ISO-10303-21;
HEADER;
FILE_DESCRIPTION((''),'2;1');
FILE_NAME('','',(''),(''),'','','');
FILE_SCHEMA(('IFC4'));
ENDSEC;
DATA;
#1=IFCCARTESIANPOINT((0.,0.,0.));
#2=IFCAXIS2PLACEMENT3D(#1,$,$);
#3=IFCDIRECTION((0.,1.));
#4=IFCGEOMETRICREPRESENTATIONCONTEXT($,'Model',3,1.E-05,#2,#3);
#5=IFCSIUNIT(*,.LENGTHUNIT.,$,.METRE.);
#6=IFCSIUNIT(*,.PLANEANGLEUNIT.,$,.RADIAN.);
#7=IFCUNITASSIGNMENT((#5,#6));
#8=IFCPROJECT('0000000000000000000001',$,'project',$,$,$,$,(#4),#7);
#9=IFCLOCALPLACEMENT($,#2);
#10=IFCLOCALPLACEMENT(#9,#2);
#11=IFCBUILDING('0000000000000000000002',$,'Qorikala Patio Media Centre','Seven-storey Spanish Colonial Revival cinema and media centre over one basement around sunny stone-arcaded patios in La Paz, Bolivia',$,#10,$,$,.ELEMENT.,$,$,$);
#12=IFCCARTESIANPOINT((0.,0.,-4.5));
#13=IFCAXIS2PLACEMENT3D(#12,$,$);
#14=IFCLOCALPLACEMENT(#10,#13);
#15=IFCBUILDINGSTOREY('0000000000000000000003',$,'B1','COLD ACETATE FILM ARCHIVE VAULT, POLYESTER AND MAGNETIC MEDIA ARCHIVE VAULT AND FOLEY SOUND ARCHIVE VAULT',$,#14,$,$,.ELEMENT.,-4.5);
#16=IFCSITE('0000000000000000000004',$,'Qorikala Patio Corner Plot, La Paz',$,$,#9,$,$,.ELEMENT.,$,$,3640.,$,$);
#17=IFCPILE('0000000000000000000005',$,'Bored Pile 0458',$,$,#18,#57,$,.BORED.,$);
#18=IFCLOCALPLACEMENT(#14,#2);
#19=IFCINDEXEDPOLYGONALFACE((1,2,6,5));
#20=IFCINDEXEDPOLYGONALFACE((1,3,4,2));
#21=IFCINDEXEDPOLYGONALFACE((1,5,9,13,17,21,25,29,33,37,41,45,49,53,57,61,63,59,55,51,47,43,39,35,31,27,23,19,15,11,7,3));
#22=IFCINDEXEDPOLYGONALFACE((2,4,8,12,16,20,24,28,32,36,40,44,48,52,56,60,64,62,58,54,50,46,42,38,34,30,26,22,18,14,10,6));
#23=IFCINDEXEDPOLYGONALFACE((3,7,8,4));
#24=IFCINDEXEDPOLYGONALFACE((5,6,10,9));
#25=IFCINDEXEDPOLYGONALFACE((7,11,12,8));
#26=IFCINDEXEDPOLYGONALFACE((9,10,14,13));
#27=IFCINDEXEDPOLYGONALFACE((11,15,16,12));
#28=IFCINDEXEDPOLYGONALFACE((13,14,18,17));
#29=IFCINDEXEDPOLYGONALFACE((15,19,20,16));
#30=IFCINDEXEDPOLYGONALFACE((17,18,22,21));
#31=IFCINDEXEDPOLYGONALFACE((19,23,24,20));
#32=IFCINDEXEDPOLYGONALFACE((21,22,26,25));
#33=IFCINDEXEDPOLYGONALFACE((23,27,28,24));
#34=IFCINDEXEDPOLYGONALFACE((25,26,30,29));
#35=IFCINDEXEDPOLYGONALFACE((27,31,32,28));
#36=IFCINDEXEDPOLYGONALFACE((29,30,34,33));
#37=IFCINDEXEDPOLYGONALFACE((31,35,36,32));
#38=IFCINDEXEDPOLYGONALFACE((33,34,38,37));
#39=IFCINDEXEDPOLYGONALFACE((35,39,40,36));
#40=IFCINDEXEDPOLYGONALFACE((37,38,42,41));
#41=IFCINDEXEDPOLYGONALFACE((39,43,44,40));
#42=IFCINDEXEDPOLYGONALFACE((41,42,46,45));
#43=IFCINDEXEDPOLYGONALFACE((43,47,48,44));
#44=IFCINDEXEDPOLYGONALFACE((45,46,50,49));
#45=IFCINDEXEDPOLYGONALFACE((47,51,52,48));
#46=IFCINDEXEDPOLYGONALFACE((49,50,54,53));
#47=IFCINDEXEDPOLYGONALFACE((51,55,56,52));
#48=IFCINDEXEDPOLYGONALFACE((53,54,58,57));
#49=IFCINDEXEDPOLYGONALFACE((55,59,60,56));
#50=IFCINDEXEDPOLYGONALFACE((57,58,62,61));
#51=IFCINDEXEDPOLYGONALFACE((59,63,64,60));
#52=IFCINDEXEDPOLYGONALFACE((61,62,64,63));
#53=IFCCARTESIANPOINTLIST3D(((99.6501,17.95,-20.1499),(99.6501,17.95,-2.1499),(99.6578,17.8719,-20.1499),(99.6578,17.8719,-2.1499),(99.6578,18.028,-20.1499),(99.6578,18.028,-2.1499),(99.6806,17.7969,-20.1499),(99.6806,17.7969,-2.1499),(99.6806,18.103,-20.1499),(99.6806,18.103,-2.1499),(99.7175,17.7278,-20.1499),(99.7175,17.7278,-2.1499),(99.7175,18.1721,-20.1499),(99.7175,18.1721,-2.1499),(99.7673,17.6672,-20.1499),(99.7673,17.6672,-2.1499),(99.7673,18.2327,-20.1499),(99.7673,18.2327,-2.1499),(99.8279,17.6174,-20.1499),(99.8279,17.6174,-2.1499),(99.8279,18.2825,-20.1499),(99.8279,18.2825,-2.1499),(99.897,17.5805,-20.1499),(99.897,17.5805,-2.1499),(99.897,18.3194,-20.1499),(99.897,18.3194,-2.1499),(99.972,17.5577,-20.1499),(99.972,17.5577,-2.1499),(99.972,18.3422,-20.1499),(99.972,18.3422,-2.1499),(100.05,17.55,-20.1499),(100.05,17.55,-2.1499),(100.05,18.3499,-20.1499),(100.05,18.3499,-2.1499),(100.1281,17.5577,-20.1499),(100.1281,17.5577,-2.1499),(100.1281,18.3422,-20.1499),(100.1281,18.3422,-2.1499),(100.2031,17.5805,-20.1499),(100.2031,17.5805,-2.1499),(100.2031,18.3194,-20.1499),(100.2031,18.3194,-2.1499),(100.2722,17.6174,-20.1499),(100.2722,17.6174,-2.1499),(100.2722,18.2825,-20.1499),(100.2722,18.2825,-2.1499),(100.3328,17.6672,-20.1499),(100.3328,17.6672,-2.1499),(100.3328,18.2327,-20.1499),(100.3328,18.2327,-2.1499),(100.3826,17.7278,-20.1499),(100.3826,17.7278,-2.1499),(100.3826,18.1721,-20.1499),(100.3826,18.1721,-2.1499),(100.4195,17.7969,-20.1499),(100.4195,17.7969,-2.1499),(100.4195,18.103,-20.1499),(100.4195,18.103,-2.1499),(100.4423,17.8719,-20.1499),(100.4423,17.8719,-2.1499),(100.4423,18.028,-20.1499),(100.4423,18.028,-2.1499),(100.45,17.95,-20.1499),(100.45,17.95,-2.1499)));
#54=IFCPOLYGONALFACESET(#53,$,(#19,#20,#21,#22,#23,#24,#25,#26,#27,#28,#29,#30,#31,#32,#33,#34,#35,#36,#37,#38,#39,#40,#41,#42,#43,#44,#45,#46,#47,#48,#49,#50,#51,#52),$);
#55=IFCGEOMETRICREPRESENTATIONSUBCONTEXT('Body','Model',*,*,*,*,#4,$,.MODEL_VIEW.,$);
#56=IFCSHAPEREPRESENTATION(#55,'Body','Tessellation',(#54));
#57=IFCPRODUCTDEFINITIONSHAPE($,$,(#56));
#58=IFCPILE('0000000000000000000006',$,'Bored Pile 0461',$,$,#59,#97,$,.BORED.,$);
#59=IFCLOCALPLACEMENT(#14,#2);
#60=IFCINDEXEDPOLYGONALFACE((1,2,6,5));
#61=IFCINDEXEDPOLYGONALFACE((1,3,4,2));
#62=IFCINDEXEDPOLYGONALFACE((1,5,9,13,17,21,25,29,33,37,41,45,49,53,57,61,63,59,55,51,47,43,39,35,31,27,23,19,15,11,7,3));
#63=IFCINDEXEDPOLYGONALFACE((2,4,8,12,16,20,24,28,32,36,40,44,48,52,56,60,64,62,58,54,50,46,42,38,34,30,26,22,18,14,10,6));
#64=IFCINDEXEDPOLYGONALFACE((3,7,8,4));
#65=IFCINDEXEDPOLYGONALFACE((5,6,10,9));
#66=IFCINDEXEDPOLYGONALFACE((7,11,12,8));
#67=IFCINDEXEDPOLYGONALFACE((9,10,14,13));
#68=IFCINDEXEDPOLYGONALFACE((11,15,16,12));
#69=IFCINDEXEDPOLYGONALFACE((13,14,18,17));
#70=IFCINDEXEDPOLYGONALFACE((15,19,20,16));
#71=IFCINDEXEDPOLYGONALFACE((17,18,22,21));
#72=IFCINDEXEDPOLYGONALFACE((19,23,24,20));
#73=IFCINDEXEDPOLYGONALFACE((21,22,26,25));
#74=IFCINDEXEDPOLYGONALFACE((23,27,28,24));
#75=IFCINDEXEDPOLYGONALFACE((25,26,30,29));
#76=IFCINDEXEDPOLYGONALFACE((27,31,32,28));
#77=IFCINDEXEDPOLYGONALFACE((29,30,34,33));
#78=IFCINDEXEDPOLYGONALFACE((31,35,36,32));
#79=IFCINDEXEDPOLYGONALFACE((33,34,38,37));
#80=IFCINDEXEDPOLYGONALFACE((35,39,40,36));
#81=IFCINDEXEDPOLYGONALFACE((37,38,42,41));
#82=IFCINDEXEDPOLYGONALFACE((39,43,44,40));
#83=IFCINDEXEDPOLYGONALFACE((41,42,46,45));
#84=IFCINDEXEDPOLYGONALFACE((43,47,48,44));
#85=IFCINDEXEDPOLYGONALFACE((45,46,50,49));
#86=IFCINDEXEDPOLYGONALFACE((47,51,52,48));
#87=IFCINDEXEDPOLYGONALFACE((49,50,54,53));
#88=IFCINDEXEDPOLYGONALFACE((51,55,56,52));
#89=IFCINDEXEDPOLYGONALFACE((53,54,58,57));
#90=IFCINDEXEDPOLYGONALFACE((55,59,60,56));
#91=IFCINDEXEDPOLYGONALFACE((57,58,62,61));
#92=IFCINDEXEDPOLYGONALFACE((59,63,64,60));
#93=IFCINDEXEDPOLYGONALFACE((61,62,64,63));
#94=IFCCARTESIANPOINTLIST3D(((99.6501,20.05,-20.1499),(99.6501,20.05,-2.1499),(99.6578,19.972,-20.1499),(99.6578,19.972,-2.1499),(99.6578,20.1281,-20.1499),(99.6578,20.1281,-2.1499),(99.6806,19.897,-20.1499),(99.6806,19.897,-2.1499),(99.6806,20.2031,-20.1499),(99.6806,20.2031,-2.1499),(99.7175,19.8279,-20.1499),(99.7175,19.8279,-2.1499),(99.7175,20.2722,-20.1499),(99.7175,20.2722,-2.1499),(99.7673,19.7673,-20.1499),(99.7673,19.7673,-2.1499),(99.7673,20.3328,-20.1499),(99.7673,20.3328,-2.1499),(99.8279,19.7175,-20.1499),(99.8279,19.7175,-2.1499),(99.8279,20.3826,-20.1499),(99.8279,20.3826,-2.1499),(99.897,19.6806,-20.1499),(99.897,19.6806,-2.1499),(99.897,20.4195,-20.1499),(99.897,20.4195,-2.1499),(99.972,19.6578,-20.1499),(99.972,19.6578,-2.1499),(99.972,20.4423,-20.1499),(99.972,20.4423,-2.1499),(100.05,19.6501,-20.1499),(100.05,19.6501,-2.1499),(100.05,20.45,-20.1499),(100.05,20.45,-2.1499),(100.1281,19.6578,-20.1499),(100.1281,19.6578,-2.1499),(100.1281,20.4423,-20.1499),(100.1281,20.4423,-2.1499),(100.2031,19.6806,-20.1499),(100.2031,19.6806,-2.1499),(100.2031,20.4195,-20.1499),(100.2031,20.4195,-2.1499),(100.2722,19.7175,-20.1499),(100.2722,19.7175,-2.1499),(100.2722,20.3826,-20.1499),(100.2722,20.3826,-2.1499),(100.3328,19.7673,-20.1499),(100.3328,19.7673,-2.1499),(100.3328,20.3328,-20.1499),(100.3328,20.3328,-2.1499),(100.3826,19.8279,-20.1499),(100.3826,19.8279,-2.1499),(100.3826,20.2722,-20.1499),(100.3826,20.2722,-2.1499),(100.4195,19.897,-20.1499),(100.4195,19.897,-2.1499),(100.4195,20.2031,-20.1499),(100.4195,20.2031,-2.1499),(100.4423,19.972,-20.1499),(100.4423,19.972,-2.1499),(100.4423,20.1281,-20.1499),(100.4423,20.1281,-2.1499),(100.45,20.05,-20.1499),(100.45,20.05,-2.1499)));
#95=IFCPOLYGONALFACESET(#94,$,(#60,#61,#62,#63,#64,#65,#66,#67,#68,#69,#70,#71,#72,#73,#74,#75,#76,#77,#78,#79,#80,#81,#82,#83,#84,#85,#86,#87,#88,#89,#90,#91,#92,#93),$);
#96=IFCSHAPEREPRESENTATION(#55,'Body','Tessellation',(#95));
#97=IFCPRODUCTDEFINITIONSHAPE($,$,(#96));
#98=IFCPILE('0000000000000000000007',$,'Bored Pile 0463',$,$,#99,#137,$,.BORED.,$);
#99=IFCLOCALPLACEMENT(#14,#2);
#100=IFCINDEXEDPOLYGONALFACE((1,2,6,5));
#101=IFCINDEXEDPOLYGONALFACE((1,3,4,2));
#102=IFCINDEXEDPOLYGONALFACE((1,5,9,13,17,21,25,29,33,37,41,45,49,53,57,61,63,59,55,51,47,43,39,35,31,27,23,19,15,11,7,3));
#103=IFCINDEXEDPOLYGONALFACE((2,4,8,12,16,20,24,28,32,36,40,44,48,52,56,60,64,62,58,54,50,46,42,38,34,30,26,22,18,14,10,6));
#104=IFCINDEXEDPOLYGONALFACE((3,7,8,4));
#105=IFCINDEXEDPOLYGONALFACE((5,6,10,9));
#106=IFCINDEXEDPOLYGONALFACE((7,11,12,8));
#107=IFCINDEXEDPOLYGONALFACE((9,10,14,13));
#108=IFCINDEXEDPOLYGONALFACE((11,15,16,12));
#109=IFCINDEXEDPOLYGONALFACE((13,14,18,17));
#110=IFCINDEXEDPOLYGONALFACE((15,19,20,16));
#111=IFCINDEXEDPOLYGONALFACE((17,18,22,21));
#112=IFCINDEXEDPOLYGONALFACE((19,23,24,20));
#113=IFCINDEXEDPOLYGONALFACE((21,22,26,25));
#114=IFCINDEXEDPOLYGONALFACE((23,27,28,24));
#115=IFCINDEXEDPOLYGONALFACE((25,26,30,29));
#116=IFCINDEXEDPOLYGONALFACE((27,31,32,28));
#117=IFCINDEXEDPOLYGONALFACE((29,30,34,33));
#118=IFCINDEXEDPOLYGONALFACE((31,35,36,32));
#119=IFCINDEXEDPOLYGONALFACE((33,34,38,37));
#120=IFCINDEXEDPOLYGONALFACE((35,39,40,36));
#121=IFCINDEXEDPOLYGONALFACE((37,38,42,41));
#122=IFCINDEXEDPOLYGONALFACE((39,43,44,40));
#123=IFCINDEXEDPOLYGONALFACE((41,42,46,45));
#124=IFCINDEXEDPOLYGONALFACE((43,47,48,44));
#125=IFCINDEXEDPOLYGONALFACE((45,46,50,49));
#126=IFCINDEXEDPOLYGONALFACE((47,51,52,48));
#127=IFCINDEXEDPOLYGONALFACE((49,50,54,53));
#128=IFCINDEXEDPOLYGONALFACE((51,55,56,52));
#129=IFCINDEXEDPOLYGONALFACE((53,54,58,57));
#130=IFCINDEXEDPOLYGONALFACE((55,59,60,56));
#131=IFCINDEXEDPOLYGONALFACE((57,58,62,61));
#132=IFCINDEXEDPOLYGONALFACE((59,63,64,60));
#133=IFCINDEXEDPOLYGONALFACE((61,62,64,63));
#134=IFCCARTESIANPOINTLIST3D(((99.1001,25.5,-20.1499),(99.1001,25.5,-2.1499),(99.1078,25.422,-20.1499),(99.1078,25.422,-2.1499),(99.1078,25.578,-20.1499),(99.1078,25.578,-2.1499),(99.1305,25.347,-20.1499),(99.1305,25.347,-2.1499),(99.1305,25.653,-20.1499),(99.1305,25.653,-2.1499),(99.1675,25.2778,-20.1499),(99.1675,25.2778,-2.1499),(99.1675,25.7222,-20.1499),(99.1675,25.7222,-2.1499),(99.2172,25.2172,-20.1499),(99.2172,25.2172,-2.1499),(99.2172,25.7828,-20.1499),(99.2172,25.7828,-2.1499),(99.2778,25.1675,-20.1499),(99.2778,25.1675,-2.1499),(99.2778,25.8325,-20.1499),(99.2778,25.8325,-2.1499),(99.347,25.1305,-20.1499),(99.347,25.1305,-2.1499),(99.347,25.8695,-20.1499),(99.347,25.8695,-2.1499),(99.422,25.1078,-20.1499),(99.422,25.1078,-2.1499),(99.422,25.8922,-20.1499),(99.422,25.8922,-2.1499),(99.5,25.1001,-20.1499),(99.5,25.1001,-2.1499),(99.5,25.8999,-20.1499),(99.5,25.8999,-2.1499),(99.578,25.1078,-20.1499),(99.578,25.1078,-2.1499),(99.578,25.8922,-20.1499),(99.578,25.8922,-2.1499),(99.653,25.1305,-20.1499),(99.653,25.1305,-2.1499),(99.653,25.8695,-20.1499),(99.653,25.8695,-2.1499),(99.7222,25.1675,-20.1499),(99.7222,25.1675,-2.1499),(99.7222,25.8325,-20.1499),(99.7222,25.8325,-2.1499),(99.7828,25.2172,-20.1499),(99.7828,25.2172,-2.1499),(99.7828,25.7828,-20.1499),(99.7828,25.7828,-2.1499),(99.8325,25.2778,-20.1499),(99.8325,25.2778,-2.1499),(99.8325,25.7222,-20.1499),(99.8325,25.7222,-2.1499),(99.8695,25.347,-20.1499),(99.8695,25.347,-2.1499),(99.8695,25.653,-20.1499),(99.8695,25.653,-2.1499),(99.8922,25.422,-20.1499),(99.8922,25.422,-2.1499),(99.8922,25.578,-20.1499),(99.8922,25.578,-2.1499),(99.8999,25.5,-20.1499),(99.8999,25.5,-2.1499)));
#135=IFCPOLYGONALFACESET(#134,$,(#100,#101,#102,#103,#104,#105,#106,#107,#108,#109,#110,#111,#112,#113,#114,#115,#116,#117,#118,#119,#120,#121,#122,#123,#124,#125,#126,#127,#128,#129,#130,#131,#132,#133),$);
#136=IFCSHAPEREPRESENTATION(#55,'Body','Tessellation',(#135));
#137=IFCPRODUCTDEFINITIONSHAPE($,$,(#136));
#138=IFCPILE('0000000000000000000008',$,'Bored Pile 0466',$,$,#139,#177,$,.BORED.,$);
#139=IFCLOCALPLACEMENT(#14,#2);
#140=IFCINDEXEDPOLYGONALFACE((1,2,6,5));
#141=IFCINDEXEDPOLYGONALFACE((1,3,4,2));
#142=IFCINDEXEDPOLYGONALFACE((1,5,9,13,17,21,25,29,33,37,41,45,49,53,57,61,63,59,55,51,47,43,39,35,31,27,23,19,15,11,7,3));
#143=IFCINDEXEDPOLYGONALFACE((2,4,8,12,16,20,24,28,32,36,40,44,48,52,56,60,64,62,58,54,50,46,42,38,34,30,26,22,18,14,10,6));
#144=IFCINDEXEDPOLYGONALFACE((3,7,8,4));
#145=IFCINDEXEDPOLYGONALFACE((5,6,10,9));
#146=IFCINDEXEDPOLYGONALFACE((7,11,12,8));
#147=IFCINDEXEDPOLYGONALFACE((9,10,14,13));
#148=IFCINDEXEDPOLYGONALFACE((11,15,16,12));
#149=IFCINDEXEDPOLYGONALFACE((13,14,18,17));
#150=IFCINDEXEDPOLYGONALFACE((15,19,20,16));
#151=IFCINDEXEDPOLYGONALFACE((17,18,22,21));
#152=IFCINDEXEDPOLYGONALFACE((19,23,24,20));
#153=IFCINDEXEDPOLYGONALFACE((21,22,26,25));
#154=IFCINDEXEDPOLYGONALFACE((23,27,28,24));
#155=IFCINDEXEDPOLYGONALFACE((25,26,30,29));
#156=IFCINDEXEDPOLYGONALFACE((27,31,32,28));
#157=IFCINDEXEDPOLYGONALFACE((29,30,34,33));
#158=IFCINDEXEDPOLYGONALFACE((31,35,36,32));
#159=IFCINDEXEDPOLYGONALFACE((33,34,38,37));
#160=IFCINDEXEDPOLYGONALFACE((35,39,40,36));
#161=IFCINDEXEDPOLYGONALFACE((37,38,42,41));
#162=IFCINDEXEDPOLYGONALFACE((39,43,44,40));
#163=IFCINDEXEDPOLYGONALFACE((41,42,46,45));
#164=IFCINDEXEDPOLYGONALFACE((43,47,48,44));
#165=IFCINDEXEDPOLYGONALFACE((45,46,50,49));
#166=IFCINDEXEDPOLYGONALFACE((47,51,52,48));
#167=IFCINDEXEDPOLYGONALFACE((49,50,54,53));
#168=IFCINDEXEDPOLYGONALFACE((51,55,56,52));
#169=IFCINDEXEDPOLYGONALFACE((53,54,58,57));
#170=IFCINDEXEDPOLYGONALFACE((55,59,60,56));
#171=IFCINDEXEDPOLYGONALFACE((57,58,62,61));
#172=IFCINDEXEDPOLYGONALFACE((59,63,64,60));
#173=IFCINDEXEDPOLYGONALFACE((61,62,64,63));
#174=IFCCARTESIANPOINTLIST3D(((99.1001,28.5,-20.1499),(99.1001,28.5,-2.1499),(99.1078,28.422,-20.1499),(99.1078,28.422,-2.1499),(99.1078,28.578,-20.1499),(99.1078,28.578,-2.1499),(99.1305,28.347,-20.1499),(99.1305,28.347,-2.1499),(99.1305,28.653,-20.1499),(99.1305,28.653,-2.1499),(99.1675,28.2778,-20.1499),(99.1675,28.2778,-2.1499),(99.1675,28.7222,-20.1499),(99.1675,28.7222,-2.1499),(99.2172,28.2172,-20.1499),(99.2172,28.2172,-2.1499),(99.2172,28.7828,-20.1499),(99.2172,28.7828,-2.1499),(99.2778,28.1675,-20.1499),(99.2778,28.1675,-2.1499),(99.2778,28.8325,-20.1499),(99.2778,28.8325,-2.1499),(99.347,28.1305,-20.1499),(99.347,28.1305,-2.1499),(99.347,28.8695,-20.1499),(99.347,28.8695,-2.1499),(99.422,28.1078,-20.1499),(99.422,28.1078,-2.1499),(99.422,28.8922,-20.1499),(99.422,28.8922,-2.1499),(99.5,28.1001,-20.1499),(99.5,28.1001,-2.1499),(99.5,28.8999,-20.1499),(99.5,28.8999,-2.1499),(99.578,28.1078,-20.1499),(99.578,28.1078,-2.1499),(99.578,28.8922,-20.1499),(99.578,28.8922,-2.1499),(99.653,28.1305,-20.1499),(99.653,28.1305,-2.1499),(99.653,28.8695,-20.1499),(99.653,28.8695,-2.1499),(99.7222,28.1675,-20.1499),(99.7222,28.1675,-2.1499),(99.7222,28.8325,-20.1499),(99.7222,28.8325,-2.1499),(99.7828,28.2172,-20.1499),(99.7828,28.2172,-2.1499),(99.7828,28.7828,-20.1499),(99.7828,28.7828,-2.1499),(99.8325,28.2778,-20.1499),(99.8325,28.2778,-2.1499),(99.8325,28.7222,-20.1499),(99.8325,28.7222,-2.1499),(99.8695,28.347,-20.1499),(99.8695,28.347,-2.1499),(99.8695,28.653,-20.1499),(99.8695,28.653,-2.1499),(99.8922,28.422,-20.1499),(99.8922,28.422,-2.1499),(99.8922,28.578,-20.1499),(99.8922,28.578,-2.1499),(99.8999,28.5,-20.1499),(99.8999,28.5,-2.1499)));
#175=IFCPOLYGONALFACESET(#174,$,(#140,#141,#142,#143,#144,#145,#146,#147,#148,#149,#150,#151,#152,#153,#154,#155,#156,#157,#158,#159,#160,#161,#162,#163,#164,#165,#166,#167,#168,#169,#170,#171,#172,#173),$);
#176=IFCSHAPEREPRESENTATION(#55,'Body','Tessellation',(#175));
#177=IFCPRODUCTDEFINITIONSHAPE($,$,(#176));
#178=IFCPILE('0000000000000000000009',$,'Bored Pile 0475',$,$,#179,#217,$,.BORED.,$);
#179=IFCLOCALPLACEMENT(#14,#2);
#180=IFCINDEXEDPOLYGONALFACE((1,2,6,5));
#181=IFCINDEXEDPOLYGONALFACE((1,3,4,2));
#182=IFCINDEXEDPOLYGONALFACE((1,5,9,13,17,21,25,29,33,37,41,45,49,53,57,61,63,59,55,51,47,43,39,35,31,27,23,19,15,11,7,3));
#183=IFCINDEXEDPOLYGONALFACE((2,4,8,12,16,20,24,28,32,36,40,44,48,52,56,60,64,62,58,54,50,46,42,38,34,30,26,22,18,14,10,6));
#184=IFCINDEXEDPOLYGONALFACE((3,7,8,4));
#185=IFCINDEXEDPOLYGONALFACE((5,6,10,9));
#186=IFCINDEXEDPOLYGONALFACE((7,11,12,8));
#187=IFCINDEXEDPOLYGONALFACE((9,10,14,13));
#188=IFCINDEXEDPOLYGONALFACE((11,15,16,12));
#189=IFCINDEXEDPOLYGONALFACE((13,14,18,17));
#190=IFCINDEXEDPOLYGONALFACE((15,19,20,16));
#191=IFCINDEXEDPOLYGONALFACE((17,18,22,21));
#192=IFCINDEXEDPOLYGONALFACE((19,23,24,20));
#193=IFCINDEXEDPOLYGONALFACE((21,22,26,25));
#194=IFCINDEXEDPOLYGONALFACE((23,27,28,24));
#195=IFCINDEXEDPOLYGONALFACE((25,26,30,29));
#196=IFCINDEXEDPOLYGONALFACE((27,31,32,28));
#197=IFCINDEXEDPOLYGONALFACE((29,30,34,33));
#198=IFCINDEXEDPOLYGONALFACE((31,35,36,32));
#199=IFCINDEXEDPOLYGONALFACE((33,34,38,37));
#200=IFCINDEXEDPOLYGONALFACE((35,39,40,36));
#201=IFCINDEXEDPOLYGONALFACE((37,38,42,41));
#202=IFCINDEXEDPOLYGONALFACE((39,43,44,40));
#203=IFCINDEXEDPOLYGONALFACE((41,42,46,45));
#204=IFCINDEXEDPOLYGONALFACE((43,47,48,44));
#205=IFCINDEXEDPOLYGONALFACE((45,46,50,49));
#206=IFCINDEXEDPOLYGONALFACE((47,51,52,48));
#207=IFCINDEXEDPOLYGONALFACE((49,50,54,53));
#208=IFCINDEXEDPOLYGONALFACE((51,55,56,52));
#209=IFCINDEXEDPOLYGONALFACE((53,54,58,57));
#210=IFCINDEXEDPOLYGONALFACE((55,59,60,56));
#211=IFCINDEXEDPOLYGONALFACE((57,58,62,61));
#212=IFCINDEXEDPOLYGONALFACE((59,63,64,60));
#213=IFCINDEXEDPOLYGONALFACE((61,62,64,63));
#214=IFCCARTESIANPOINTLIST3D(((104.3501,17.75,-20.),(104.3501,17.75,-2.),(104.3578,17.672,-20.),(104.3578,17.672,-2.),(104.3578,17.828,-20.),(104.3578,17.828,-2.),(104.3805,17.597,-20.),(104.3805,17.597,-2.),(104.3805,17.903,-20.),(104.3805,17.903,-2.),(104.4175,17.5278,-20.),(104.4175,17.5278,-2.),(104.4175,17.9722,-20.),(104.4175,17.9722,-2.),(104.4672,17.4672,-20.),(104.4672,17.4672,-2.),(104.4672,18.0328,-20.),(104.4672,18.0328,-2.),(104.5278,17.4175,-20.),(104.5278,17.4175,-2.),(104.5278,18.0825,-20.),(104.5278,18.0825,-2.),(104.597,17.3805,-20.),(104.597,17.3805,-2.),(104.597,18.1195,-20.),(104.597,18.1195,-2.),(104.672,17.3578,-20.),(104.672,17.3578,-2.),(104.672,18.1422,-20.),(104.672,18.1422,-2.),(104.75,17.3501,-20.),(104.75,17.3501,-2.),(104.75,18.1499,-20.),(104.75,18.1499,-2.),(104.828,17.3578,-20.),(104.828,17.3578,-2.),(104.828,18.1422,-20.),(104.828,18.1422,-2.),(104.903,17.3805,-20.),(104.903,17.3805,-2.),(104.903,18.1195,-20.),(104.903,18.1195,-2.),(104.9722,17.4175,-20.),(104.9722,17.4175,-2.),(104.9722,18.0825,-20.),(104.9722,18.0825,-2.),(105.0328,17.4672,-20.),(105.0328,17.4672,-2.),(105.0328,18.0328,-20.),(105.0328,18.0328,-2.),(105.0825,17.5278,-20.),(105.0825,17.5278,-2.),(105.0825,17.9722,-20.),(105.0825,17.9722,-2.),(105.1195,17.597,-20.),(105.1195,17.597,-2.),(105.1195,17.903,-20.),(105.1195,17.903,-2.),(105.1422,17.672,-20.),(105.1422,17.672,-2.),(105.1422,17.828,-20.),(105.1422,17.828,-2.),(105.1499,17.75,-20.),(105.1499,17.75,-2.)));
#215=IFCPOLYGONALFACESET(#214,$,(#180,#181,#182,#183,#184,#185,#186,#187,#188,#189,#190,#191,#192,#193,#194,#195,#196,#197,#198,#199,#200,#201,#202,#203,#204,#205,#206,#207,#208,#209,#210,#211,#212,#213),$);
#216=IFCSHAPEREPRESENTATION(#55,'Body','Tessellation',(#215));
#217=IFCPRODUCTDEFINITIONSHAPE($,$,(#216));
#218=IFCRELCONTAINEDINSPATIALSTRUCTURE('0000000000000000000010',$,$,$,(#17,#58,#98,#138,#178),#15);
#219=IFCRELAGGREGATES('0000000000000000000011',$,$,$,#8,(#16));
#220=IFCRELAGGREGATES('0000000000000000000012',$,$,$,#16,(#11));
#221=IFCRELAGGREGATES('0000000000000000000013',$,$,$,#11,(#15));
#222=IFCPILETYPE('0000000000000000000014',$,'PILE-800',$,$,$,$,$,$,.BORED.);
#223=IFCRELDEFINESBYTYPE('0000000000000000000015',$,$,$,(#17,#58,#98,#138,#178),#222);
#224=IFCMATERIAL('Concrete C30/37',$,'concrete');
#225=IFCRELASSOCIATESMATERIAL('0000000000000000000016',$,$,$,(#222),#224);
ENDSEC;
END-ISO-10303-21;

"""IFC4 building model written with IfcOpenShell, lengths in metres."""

from ifc_helpers import new_model, si_unit, direction, frame, origin, origin_2d, place, context, subcontext, project, spatial, circle, extrude, material, material_profile, profile_set, type_object, element, save


model = new_model("IFC4")

# Units and contexts
model_context = context("Model", 3, precision=1e-05, world=origin(), true_north=direction((0.0, 1.0)))
body_context = subcontext(model_context, "Body", "Model", "MODEL_VIEW")
ifc_project = project(units=[si_unit("LENGTHUNIT", "METRE"), si_unit("PLANEANGLEUNIT", "RADIAN")], contexts=[model_context])

# Site, building, storey
site_placement = place(None, origin())
site = spatial("IfcSite", under=ifc_project, at=site_placement, Name="Qorikala Patio Corner Plot, La Paz", CompositionType="ELEMENT", RefElevation=3640.0)
building_placement = place(site_placement, origin())
building = spatial("IfcBuilding", under=site, at=building_placement, Name="Qorikala Patio Media Centre", Description="Seven-storey Spanish Colonial Revival cinema and media centre over one basement around sunny stone-arcaded patios in La Paz, Bolivia", CompositionType="ELEMENT")
storey_placement = place(building_placement, frame((0.0, 0.0, -4.5)))
storey = spatial("IfcBuildingStorey", under=building, at=storey_placement, Name="B1", Description="COLD ACETATE FILM ARCHIVE VAULT, POLYESTER AND MAGNETIC MEDIA ARCHIVE VAULT AND FOLEY SOUND ARCHIVE VAULT", CompositionType="ELEMENT", Elevation=-4.5)

# Shared definitions
ifc_material_1 = material(Name="Concrete C30/37", Category="concrete")

# Piles
ifc_material_profile_1 = material_profile(ifc_material_1, circle(Radius=0.3999, at=origin_2d()), Name="BORED PILE 800")
ifc_profile_set_1 = profile_set([ifc_material_profile_1], Name="Concrete C30/37")
pile_type_1 = type_object("IfcPileType", Name="PILE-800", PredefinedType="BORED", material=ifc_profile_set_1)
for number, where, z_axis, x_axis, name in (
    (1, (100.05, 17.95, -2.1499), (0.0, 0.0, -1.0), (1.0, 0.0, 0.0), "Bored Pile 0458"),
    (2, (100.05, 20.05, -2.1499), (0.0, 0.0, -1.0), (1.0, 0.0, 0.0), "Bored Pile 0461"),
    (3, (99.5, 25.5, -2.1499), (0.0, 0.0, -1.0), (1.0, 0.0, 0.0), "Bored Pile 0463"),
    (4, (99.5, 28.5, -2.1499), (0.0, 0.0, -1.0), (1.0, 0.0, 0.0), "Bored Pile 0466"),
    (5, (104.75, 17.75, -2.0), (0.0, 0.0, -1.0), (1.0, 0.0, 0.0), "Bored Pile 0475"),
):
    element("IfcPile", number, at=place(storey_placement, frame(where, z_axis=z_axis, x_axis=x_axis)), inside=storey, type_object=pile_type_1, Name=name, PredefinedType="BORED", context=body_context, shape_type="SweptSolid", body=[
        extrude(circle(Radius=0.3999, at=origin_2d()), origin(), (0.0, 0.0, 1.0), 18.0),
    ])

save(model, "model.ifc")
